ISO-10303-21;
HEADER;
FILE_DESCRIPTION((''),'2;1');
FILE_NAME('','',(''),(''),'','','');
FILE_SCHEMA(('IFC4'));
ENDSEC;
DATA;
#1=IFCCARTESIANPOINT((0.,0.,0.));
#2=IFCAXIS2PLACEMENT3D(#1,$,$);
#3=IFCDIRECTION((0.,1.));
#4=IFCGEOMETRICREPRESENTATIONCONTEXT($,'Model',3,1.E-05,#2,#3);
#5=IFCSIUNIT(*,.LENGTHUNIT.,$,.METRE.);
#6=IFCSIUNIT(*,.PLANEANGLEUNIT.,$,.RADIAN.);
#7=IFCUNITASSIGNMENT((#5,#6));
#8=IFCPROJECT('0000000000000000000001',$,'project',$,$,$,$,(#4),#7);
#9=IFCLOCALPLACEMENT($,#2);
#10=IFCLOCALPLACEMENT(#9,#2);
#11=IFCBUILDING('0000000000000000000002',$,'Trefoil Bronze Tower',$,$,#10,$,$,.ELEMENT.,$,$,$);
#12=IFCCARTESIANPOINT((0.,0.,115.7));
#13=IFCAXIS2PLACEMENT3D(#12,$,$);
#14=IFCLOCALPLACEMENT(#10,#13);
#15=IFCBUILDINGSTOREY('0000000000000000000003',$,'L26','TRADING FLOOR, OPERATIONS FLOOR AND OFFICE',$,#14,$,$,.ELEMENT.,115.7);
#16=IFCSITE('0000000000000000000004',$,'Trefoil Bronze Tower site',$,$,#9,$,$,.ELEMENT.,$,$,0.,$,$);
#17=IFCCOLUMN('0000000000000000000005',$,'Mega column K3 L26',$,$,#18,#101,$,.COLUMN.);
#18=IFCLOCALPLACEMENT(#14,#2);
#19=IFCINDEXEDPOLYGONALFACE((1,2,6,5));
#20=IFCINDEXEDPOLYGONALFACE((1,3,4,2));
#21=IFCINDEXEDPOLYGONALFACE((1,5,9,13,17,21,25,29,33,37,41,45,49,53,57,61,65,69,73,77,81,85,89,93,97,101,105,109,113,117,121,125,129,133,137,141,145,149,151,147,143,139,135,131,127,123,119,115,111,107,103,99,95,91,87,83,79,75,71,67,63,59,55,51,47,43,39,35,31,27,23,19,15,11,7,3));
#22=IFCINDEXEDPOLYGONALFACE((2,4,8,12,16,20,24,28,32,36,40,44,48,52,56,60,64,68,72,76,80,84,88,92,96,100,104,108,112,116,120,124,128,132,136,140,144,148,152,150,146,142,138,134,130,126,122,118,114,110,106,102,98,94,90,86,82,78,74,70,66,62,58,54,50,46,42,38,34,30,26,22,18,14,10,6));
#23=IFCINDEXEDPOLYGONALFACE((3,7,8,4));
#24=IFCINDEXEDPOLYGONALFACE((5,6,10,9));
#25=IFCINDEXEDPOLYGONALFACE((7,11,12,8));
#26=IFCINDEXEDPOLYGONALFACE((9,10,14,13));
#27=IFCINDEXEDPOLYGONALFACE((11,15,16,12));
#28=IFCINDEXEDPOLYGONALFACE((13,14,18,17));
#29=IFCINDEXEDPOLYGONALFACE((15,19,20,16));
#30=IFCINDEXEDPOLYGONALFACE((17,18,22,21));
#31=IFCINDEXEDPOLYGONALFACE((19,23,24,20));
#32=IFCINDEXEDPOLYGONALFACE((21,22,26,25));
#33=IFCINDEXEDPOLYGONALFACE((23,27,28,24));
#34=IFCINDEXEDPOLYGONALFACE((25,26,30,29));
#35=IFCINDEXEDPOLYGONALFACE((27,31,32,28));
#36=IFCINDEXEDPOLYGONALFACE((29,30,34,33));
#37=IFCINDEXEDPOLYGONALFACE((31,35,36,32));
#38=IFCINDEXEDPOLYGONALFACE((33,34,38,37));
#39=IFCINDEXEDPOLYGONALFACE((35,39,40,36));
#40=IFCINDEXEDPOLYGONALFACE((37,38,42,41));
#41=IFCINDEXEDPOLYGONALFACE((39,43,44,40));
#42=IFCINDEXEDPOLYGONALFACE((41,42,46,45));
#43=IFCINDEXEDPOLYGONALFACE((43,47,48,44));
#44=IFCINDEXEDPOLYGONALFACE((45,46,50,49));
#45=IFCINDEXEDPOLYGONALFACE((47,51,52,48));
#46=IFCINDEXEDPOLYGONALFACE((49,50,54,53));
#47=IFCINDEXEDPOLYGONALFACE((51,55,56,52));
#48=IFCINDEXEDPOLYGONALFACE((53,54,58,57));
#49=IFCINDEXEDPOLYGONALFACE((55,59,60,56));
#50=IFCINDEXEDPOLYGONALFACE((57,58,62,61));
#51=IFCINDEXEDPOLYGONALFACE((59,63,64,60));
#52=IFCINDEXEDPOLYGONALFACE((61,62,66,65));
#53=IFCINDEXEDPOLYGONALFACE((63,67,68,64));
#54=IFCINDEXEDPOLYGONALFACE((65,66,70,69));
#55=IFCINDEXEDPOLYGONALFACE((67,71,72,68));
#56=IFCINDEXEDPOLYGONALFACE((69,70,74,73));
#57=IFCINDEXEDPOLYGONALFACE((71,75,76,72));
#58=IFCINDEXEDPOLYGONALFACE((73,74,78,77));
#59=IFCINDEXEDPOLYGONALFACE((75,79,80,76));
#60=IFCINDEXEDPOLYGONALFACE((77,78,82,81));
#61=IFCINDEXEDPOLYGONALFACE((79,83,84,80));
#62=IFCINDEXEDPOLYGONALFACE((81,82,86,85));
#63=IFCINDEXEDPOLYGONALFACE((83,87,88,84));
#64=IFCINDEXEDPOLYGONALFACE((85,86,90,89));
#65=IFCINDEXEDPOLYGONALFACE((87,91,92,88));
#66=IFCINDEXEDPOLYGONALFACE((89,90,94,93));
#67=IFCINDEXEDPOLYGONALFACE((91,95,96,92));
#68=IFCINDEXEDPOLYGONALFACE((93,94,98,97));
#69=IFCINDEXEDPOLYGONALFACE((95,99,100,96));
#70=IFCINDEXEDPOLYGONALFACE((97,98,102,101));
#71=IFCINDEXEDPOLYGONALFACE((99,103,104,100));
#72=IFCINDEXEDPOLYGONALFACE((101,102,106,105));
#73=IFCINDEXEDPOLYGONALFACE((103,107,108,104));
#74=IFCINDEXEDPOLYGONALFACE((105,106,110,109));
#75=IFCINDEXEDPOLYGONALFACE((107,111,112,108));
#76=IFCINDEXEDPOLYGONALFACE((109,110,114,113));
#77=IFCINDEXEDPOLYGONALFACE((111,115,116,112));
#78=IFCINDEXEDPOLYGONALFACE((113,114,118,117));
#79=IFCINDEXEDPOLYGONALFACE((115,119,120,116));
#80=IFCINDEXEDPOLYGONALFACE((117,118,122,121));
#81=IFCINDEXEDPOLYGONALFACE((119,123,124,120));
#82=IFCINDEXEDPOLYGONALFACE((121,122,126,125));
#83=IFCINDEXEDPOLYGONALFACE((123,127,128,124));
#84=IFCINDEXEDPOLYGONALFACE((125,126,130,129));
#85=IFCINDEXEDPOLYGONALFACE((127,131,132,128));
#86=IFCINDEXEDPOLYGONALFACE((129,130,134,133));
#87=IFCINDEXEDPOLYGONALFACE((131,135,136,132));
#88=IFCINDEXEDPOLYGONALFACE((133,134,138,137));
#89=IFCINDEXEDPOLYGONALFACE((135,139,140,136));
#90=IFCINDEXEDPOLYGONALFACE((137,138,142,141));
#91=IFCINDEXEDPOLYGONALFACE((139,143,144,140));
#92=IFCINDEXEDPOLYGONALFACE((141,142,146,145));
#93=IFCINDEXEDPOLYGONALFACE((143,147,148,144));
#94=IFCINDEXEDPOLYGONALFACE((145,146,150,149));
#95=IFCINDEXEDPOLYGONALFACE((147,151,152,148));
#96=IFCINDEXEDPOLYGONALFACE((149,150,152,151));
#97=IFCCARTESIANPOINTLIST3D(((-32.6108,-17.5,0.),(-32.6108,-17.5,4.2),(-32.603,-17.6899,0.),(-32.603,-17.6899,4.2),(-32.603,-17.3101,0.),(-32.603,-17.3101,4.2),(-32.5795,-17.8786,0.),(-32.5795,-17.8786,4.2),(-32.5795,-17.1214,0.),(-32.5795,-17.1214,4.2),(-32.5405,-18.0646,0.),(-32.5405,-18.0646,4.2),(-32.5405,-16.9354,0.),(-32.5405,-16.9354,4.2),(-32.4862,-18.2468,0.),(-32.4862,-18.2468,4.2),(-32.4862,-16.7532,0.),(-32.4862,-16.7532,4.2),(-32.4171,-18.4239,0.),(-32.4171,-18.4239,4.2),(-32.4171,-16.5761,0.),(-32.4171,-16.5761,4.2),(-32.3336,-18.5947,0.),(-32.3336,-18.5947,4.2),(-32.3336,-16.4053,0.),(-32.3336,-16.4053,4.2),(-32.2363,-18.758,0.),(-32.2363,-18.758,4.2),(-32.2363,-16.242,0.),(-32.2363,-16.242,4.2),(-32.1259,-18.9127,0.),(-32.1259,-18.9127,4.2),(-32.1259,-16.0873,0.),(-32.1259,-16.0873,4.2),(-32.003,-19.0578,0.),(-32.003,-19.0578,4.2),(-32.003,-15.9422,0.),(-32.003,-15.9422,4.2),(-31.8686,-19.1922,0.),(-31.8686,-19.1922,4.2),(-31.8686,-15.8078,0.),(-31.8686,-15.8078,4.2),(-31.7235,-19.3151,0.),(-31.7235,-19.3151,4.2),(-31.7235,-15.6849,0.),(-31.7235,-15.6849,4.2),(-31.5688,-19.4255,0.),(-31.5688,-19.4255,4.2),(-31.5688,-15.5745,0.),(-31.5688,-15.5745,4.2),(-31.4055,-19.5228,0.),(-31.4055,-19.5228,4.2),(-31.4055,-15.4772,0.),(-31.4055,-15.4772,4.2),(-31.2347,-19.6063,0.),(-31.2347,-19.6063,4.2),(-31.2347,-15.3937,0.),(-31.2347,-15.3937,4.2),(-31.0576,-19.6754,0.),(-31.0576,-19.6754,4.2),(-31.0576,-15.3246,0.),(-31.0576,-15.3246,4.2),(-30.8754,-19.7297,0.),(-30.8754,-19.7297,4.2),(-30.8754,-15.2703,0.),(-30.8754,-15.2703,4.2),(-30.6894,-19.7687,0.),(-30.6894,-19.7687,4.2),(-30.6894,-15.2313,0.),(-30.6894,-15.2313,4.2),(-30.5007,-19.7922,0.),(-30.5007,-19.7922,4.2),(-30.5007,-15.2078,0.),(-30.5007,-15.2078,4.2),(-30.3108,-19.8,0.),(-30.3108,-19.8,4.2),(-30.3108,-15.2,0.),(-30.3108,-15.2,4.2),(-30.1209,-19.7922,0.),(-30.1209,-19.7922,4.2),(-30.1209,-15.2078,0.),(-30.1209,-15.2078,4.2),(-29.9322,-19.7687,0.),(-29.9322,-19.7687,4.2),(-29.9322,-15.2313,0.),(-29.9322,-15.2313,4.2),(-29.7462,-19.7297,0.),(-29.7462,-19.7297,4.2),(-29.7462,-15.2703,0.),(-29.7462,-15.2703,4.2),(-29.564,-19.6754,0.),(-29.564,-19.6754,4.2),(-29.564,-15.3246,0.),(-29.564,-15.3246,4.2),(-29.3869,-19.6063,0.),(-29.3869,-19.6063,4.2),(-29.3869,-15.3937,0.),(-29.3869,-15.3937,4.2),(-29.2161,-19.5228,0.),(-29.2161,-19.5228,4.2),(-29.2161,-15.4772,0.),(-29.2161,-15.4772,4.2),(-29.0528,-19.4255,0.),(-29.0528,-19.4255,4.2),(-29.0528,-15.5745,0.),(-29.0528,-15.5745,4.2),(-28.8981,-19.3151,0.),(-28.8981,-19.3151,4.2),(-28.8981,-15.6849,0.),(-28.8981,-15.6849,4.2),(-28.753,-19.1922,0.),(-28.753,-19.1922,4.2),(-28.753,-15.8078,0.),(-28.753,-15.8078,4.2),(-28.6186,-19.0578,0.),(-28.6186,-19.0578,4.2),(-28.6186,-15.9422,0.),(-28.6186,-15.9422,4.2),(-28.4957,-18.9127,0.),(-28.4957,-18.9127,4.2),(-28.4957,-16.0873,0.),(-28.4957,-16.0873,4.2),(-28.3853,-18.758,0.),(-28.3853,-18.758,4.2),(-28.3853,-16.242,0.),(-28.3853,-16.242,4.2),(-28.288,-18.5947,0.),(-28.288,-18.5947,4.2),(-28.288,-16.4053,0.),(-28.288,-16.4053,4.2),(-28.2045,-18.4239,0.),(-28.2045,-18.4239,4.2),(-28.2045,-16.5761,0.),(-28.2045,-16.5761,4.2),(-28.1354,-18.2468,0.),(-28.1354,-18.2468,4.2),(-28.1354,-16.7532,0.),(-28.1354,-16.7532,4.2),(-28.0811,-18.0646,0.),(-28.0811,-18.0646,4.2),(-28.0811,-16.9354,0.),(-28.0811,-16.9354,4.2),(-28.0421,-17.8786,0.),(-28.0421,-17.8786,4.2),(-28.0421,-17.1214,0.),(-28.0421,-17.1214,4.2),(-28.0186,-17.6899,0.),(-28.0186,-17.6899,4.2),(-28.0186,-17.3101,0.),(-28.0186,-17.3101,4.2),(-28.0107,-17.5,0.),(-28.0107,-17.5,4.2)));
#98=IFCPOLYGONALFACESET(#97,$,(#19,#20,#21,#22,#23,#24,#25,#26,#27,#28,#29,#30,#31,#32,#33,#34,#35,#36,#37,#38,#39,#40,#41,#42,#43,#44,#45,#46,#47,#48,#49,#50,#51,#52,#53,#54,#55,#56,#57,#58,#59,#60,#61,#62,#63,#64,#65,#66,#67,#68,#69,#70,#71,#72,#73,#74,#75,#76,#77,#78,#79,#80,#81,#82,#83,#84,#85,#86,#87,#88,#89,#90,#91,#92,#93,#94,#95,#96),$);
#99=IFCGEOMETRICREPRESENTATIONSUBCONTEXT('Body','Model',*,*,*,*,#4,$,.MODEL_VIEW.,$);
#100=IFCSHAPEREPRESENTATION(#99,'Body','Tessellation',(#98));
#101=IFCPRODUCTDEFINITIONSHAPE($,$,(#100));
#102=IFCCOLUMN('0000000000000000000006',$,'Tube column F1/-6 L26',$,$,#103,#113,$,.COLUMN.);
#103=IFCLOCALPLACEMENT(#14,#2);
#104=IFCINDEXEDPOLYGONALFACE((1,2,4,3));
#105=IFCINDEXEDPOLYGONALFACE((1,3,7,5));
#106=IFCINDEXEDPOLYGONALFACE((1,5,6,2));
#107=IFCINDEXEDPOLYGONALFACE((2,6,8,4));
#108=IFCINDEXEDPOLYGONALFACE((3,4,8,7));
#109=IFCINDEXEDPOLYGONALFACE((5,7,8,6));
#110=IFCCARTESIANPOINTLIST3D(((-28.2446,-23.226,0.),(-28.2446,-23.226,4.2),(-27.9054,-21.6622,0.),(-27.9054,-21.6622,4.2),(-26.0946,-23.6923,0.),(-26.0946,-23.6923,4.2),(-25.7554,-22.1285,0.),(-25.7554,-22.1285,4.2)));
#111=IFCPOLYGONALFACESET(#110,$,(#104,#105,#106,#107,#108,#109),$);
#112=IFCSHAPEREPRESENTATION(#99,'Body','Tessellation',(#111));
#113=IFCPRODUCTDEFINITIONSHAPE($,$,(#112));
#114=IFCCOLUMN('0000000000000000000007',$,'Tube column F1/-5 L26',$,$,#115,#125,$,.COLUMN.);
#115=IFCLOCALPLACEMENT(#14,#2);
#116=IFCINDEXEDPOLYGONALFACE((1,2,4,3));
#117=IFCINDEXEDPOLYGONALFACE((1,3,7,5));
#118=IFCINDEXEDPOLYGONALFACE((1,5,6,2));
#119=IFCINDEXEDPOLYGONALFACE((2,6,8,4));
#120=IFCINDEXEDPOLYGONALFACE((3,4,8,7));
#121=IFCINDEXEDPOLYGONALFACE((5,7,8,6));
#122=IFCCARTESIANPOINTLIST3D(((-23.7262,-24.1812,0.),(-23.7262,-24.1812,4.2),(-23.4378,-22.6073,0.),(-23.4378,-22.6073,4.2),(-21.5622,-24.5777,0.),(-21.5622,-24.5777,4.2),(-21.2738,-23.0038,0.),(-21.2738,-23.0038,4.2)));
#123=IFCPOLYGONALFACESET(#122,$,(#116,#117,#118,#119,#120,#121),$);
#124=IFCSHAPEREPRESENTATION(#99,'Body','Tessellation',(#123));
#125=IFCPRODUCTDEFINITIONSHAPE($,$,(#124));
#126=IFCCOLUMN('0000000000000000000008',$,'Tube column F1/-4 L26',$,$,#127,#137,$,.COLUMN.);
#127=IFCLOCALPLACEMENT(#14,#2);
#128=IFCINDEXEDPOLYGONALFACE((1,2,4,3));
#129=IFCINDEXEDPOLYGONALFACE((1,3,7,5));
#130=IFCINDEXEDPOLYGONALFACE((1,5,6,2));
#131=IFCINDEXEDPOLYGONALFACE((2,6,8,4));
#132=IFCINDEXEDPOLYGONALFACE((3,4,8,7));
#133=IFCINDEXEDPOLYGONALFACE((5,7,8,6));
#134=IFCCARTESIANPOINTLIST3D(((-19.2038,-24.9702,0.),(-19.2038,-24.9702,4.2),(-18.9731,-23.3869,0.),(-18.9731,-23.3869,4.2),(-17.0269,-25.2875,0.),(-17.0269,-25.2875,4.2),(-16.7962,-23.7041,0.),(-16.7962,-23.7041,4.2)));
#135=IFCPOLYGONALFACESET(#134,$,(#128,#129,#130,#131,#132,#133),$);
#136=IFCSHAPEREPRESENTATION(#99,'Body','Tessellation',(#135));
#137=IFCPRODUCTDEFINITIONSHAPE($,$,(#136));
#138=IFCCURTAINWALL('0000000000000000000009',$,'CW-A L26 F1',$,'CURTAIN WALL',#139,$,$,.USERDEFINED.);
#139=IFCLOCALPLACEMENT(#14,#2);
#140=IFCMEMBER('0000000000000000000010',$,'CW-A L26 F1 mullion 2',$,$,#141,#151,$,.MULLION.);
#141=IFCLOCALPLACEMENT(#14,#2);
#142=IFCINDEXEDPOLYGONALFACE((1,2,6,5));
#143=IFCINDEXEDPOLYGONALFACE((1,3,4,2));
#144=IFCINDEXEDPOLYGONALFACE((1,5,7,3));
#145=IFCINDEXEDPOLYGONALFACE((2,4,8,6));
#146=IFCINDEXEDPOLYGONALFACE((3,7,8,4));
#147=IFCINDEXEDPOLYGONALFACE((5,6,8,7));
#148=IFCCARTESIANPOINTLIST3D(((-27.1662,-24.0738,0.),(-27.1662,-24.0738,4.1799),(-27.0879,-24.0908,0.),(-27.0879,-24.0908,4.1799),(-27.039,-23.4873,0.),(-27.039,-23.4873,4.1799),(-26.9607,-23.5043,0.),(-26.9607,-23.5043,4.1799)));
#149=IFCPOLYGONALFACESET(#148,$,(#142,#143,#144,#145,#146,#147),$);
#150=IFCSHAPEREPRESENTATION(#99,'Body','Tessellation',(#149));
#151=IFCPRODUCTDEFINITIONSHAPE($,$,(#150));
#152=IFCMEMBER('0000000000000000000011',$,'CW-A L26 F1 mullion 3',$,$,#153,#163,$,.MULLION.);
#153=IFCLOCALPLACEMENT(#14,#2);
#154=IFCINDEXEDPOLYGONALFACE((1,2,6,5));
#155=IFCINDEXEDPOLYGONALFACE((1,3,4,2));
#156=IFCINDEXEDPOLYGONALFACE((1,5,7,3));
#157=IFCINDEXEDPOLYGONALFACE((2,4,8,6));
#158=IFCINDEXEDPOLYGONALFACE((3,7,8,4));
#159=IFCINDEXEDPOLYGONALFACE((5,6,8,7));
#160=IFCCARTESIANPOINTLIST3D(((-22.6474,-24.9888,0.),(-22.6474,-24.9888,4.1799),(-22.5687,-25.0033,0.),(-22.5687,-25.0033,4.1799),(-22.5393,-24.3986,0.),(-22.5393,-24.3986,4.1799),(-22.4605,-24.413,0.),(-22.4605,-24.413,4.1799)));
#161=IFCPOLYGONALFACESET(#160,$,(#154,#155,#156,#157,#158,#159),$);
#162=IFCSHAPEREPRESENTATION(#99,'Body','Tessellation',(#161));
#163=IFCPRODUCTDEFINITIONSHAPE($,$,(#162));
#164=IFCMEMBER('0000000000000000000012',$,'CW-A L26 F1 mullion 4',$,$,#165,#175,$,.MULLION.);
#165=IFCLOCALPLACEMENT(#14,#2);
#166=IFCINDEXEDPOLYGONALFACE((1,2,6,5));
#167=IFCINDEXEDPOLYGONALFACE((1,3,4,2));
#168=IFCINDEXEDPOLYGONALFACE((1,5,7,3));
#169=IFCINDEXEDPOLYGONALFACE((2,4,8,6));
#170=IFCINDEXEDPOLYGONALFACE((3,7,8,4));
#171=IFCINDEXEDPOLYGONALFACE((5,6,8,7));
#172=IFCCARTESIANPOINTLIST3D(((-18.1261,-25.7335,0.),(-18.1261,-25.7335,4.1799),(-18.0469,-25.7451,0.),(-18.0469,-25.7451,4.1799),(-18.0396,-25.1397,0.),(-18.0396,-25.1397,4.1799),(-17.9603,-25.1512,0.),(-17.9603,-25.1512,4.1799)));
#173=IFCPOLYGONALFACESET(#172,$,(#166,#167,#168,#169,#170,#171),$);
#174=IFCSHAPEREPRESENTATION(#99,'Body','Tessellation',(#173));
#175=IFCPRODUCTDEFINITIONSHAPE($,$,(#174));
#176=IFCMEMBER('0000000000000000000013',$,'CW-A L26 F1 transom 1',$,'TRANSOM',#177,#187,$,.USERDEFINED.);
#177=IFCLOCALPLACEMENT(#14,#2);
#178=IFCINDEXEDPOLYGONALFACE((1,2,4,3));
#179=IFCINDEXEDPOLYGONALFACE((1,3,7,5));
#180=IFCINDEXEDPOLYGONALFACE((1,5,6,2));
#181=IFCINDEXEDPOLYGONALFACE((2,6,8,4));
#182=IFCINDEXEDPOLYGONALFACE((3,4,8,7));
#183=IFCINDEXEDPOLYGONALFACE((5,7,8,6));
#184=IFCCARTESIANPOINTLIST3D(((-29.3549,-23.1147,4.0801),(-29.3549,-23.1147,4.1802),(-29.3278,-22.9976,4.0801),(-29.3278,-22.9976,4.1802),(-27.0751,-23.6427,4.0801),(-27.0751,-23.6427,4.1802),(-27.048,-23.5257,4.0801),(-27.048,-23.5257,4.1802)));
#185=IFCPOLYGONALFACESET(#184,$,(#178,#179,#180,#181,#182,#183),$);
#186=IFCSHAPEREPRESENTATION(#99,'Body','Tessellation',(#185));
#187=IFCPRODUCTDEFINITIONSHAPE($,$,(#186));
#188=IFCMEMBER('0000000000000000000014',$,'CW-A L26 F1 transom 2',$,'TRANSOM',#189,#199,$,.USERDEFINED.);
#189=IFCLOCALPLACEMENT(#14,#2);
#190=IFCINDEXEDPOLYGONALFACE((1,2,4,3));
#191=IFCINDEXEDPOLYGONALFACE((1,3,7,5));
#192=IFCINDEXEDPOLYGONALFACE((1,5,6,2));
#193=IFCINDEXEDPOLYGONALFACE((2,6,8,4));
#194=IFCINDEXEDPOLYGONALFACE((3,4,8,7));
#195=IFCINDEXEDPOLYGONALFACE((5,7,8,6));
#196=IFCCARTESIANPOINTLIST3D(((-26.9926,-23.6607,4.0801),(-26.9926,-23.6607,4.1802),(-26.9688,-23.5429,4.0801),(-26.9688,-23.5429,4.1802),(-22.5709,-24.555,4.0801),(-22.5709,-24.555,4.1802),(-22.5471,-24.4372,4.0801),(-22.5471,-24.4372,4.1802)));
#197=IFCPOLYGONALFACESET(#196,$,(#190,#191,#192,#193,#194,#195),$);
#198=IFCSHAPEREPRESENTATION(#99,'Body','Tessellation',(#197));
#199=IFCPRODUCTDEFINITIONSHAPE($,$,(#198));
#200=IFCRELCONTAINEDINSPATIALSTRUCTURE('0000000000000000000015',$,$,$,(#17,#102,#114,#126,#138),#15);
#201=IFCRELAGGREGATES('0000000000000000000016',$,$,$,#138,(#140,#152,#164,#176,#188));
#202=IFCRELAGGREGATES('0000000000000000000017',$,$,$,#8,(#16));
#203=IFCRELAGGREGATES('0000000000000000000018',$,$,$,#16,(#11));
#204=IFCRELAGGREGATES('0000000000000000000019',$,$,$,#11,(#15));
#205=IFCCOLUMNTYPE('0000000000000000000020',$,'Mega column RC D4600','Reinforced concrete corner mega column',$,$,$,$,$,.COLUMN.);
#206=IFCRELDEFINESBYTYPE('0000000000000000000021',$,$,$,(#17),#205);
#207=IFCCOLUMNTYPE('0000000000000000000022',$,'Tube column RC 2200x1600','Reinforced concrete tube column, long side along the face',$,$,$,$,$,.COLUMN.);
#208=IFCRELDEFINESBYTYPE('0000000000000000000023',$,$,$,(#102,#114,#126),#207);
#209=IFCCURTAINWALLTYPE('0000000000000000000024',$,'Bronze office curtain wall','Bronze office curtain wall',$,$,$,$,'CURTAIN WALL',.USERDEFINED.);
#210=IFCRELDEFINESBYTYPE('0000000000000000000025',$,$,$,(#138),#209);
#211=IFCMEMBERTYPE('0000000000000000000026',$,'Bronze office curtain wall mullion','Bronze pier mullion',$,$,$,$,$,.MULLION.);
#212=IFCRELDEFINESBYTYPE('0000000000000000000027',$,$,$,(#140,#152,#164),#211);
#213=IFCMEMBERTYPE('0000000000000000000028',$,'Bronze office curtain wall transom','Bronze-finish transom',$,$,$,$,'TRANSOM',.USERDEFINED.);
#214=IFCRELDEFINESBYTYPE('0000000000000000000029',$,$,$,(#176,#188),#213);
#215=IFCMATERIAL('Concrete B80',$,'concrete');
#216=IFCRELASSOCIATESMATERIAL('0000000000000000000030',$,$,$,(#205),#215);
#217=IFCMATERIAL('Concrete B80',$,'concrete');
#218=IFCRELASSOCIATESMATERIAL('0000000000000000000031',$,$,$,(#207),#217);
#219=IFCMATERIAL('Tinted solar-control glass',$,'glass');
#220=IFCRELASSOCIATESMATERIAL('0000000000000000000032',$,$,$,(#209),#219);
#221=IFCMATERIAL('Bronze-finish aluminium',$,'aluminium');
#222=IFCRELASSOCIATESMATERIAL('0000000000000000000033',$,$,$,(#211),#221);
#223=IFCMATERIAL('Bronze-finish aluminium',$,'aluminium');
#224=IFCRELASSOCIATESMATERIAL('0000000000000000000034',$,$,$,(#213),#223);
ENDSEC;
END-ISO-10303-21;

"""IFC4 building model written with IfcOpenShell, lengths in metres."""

from ifc_helpers import new_model, si_unit, direction, frame, origin, origin_2d, place, context, subcontext, project, spatial, rectangle, circle, extrude, material, material_profile, profile_set, type_object, element, aggregate, save


model = new_model("IFC4")

# Units and contexts
model_context = context("Model", 3, precision=1e-05, world=origin(), true_north=direction((0.0, 1.0)))
body_context = subcontext(model_context, "Body", "Model", "MODEL_VIEW")
ifc_project = project(units=[si_unit("LENGTHUNIT", "METRE"), si_unit("PLANEANGLEUNIT", "RADIAN")], contexts=[model_context])

# Site, building, storey
site_placement = place(None, origin())
site = spatial("IfcSite", under=ifc_project, at=site_placement, Name="Trefoil Bronze Tower site", CompositionType="ELEMENT", RefElevation=0.0)
building_placement = place(site_placement, origin())
building = spatial("IfcBuilding", under=site, at=building_placement, Name="Trefoil Bronze Tower", CompositionType="ELEMENT")
storey_placement = place(building_placement, frame((0.0, 0.0, 115.7)))
storey = spatial("IfcBuildingStorey", under=building, at=storey_placement, Name="L26", Description="TRADING FLOOR, OPERATIONS FLOOR AND OFFICE", CompositionType="ELEMENT", Elevation=115.7)

# Columns
ifc_material_1 = material(Name="Concrete B80", Category="concrete")
ifc_material_profile_1 = material_profile(ifc_material_1, circle(Radius=2.3, at=origin_2d()), Name="RC D4600")
ifc_profile_set_1 = profile_set([ifc_material_profile_1], Name="Concrete B80")
column_type_1 = type_object("IfcColumnType", Name="Mega column RC D4600", Description="Reinforced concrete corner mega column", PredefinedType="COLUMN", material=ifc_profile_set_1)
column_placement = place(storey_placement, frame((-30.3108, -17.5, 0.0), z_axis=(0.0, 0.0, 1.0), x_axis=(1.0, 0.0, 0.0)))
element("IfcColumn", 1, at=column_placement, inside=storey, type_object=column_type_1, Name="Mega column K3 L26", PredefinedType="COLUMN", context=body_context, shape_type="SweptSolid", body=[
    extrude(circle(Radius=2.3, at=origin_2d()), origin(), (0.0, 0.0, 1.0), 4.2),
])
ifc_material_2 = material(Name="Concrete B80", Category="concrete")
ifc_material_profile_2 = material_profile(ifc_material_2, rectangle(XDim=2.2, YDim=1.6001, at=origin_2d()), Name="RC 2200x1600")
ifc_profile_set_2 = profile_set([ifc_material_profile_2], Name="Concrete B80")
column_type_2 = type_object("IfcColumnType", Name="Tube column RC 2200x1600", Description="Reinforced concrete tube column, long side along the face", PredefinedType="COLUMN", material=ifc_profile_set_2)
for number, where, z_axis, x_axis, name in (
    (2, (-27.0, -22.6772, 0.0), (0.0, 0.0, 1.0), (0.977276, -0.21197, 0.0), "Tube column F1/-6 L26"),
    (3, (-22.5, -23.5925, 0.0), (0.0, 0.0, 1.0), (0.983623, -0.180241, 0.0), "Tube column F1/-5 L26"),
    (4, (-18.0, -24.3372, 0.0), (0.0, 0.0, 1.0), (0.98955, -0.144192, 0.0), "Tube column F1/-4 L26"),
):
    element("IfcColumn", number, at=place(storey_placement, frame(where, z_axis=z_axis, x_axis=x_axis)), inside=storey, type_object=column_type_2, Name=name, PredefinedType="COLUMN", context=body_context, shape_type="SweptSolid", body=[
        extrude(rectangle(XDim=2.2, YDim=1.6001, at=origin_2d()), origin(), (0.0, 0.0, 1.0), 4.2),
    ])

# Curtain wall, members
ifc_material_3 = material(Name="Tinted solar-control glass", Category="glass")
curtain_wall_type_1 = type_object("IfcCurtainWallType", Name="Bronze office curtain wall", Description="Bronze office curtain wall", ElementType="CURTAIN WALL", PredefinedType="USERDEFINED", material=ifc_material_3)
curtain_wall_1_placement = place(storey_placement, origin())
curtain_wall_1 = element("IfcCurtainWall", 5, at=curtain_wall_1_placement, inside=storey, type_object=curtain_wall_type_1, Name="CW-A L26 F1", ObjectType="CURTAIN WALL", PredefinedType="USERDEFINED")
ifc_material_4 = material(Name="Bronze-finish aluminium", Category="aluminium")
ifc_material_profile_3 = material_profile(ifc_material_4, rectangle(XDim=0.6001, YDim=0.0801, at=origin_2d()), Name="CW-A mullion")
ifc_profile_set_3 = profile_set([ifc_material_profile_3], Name="Bronze-finish aluminium")
member_type_1 = type_object("IfcMemberType", Name="Bronze office curtain wall mullion", Description="Bronze pier mullion", PredefinedType="MULLION", material=ifc_profile_set_3)
member_1_placement = place(storey_placement, frame((-27.0635, -23.7891, 0.0), z_axis=(0.0, 0.0, 1.0), x_axis=(0.21197, 0.977276, 0.0)))
member_1 = element("IfcMember", 6, at=member_1_placement, type_object=member_type_1, Name="CW-A L26 F1 mullion 2", PredefinedType="MULLION", context=body_context, shape_type="SweptSolid", body=[
    extrude(rectangle(XDim=0.6001, YDim=0.0801, at=origin_2d()), origin(), (0.0, 0.0, 1.0), 4.1799),
])
member_2_placement = place(storey_placement, frame((-22.554, -24.7009, 0.0), z_axis=(0.0, 0.0, 1.0), x_axis=(0.180241, 0.983623, 0.0)))
member_2 = element("IfcMember", 7, at=member_2_placement, type_object=member_type_1, Name="CW-A L26 F1 mullion 3", PredefinedType="MULLION", context=body_context, shape_type="SweptSolid", body=[
    extrude(rectangle(XDim=0.6001, YDim=0.0801, at=origin_2d()), origin(), (0.0, 0.0, 1.0), 4.1799),
])
member_3_placement = place(storey_placement, frame((-18.0432, -25.4424, 0.0), z_axis=(0.0, 0.0, 1.0), x_axis=(0.144192, 0.98955, 0.0)))
member_3 = element("IfcMember", 8, at=member_3_placement, type_object=member_type_1, Name="CW-A L26 F1 mullion 4", PredefinedType="MULLION", context=body_context, shape_type="SweptSolid", body=[
    extrude(rectangle(XDim=0.6001, YDim=0.0801, at=origin_2d()), origin(), (0.0, 0.0, 1.0), 4.1799),
])
ifc_material_5 = material(Name="Bronze-finish aluminium", Category="aluminium")
ifc_material_profile_4 = material_profile(ifc_material_5, rectangle(XDim=0.1201, YDim=0.1001, at=origin_2d()), Name="CW-A transom")
ifc_profile_set_4 = profile_set([ifc_material_profile_4], Name="Bronze-finish aluminium")
member_type_2 = type_object("IfcMemberType", Name="Bronze office curtain wall transom", Description="Bronze-finish transom", ElementType="TRANSOM", PredefinedType="USERDEFINED", material=ifc_profile_set_4)
member_4_placement = place(storey_placement, frame((-29.3413, -23.0562, 4.1301), z_axis=(0.974206, -0.225659, 0.0), x_axis=(0.225659, 0.974206, 0.0)))
member_4 = element("IfcMember", 9, at=member_4_placement, type_object=member_type_2, Name="CW-A L26 F1 transom 1", ObjectType="TRANSOM", PredefinedType="USERDEFINED", context=body_context, shape_type="SweptSolid", body=[
    extrude(rectangle(XDim=0.1201, YDim=0.1001, at=origin_2d()), origin(), (0.0, 0.0, 1.0), 2.3401),
])
member_5_placement = place(storey_placement, frame((-26.9807, -23.6018, 4.1301), z_axis=(0.980154, -0.198239, 0.0), x_axis=(0.198239, 0.980154, 0.0)))
member_5 = element("IfcMember", 10, at=member_5_placement, type_object=member_type_2, Name="CW-A L26 F1 transom 2", ObjectType="TRANSOM", PredefinedType="USERDEFINED", context=body_context, shape_type="SweptSolid", body=[
    extrude(rectangle(XDim=0.1201, YDim=0.1001, at=origin_2d()), origin(), (0.0, 0.0, 1.0), 4.5112),
])

aggregate(curtain_wall_1, [member_1, member_2, member_3, member_4, member_5])

save(model, "model.ifc")
